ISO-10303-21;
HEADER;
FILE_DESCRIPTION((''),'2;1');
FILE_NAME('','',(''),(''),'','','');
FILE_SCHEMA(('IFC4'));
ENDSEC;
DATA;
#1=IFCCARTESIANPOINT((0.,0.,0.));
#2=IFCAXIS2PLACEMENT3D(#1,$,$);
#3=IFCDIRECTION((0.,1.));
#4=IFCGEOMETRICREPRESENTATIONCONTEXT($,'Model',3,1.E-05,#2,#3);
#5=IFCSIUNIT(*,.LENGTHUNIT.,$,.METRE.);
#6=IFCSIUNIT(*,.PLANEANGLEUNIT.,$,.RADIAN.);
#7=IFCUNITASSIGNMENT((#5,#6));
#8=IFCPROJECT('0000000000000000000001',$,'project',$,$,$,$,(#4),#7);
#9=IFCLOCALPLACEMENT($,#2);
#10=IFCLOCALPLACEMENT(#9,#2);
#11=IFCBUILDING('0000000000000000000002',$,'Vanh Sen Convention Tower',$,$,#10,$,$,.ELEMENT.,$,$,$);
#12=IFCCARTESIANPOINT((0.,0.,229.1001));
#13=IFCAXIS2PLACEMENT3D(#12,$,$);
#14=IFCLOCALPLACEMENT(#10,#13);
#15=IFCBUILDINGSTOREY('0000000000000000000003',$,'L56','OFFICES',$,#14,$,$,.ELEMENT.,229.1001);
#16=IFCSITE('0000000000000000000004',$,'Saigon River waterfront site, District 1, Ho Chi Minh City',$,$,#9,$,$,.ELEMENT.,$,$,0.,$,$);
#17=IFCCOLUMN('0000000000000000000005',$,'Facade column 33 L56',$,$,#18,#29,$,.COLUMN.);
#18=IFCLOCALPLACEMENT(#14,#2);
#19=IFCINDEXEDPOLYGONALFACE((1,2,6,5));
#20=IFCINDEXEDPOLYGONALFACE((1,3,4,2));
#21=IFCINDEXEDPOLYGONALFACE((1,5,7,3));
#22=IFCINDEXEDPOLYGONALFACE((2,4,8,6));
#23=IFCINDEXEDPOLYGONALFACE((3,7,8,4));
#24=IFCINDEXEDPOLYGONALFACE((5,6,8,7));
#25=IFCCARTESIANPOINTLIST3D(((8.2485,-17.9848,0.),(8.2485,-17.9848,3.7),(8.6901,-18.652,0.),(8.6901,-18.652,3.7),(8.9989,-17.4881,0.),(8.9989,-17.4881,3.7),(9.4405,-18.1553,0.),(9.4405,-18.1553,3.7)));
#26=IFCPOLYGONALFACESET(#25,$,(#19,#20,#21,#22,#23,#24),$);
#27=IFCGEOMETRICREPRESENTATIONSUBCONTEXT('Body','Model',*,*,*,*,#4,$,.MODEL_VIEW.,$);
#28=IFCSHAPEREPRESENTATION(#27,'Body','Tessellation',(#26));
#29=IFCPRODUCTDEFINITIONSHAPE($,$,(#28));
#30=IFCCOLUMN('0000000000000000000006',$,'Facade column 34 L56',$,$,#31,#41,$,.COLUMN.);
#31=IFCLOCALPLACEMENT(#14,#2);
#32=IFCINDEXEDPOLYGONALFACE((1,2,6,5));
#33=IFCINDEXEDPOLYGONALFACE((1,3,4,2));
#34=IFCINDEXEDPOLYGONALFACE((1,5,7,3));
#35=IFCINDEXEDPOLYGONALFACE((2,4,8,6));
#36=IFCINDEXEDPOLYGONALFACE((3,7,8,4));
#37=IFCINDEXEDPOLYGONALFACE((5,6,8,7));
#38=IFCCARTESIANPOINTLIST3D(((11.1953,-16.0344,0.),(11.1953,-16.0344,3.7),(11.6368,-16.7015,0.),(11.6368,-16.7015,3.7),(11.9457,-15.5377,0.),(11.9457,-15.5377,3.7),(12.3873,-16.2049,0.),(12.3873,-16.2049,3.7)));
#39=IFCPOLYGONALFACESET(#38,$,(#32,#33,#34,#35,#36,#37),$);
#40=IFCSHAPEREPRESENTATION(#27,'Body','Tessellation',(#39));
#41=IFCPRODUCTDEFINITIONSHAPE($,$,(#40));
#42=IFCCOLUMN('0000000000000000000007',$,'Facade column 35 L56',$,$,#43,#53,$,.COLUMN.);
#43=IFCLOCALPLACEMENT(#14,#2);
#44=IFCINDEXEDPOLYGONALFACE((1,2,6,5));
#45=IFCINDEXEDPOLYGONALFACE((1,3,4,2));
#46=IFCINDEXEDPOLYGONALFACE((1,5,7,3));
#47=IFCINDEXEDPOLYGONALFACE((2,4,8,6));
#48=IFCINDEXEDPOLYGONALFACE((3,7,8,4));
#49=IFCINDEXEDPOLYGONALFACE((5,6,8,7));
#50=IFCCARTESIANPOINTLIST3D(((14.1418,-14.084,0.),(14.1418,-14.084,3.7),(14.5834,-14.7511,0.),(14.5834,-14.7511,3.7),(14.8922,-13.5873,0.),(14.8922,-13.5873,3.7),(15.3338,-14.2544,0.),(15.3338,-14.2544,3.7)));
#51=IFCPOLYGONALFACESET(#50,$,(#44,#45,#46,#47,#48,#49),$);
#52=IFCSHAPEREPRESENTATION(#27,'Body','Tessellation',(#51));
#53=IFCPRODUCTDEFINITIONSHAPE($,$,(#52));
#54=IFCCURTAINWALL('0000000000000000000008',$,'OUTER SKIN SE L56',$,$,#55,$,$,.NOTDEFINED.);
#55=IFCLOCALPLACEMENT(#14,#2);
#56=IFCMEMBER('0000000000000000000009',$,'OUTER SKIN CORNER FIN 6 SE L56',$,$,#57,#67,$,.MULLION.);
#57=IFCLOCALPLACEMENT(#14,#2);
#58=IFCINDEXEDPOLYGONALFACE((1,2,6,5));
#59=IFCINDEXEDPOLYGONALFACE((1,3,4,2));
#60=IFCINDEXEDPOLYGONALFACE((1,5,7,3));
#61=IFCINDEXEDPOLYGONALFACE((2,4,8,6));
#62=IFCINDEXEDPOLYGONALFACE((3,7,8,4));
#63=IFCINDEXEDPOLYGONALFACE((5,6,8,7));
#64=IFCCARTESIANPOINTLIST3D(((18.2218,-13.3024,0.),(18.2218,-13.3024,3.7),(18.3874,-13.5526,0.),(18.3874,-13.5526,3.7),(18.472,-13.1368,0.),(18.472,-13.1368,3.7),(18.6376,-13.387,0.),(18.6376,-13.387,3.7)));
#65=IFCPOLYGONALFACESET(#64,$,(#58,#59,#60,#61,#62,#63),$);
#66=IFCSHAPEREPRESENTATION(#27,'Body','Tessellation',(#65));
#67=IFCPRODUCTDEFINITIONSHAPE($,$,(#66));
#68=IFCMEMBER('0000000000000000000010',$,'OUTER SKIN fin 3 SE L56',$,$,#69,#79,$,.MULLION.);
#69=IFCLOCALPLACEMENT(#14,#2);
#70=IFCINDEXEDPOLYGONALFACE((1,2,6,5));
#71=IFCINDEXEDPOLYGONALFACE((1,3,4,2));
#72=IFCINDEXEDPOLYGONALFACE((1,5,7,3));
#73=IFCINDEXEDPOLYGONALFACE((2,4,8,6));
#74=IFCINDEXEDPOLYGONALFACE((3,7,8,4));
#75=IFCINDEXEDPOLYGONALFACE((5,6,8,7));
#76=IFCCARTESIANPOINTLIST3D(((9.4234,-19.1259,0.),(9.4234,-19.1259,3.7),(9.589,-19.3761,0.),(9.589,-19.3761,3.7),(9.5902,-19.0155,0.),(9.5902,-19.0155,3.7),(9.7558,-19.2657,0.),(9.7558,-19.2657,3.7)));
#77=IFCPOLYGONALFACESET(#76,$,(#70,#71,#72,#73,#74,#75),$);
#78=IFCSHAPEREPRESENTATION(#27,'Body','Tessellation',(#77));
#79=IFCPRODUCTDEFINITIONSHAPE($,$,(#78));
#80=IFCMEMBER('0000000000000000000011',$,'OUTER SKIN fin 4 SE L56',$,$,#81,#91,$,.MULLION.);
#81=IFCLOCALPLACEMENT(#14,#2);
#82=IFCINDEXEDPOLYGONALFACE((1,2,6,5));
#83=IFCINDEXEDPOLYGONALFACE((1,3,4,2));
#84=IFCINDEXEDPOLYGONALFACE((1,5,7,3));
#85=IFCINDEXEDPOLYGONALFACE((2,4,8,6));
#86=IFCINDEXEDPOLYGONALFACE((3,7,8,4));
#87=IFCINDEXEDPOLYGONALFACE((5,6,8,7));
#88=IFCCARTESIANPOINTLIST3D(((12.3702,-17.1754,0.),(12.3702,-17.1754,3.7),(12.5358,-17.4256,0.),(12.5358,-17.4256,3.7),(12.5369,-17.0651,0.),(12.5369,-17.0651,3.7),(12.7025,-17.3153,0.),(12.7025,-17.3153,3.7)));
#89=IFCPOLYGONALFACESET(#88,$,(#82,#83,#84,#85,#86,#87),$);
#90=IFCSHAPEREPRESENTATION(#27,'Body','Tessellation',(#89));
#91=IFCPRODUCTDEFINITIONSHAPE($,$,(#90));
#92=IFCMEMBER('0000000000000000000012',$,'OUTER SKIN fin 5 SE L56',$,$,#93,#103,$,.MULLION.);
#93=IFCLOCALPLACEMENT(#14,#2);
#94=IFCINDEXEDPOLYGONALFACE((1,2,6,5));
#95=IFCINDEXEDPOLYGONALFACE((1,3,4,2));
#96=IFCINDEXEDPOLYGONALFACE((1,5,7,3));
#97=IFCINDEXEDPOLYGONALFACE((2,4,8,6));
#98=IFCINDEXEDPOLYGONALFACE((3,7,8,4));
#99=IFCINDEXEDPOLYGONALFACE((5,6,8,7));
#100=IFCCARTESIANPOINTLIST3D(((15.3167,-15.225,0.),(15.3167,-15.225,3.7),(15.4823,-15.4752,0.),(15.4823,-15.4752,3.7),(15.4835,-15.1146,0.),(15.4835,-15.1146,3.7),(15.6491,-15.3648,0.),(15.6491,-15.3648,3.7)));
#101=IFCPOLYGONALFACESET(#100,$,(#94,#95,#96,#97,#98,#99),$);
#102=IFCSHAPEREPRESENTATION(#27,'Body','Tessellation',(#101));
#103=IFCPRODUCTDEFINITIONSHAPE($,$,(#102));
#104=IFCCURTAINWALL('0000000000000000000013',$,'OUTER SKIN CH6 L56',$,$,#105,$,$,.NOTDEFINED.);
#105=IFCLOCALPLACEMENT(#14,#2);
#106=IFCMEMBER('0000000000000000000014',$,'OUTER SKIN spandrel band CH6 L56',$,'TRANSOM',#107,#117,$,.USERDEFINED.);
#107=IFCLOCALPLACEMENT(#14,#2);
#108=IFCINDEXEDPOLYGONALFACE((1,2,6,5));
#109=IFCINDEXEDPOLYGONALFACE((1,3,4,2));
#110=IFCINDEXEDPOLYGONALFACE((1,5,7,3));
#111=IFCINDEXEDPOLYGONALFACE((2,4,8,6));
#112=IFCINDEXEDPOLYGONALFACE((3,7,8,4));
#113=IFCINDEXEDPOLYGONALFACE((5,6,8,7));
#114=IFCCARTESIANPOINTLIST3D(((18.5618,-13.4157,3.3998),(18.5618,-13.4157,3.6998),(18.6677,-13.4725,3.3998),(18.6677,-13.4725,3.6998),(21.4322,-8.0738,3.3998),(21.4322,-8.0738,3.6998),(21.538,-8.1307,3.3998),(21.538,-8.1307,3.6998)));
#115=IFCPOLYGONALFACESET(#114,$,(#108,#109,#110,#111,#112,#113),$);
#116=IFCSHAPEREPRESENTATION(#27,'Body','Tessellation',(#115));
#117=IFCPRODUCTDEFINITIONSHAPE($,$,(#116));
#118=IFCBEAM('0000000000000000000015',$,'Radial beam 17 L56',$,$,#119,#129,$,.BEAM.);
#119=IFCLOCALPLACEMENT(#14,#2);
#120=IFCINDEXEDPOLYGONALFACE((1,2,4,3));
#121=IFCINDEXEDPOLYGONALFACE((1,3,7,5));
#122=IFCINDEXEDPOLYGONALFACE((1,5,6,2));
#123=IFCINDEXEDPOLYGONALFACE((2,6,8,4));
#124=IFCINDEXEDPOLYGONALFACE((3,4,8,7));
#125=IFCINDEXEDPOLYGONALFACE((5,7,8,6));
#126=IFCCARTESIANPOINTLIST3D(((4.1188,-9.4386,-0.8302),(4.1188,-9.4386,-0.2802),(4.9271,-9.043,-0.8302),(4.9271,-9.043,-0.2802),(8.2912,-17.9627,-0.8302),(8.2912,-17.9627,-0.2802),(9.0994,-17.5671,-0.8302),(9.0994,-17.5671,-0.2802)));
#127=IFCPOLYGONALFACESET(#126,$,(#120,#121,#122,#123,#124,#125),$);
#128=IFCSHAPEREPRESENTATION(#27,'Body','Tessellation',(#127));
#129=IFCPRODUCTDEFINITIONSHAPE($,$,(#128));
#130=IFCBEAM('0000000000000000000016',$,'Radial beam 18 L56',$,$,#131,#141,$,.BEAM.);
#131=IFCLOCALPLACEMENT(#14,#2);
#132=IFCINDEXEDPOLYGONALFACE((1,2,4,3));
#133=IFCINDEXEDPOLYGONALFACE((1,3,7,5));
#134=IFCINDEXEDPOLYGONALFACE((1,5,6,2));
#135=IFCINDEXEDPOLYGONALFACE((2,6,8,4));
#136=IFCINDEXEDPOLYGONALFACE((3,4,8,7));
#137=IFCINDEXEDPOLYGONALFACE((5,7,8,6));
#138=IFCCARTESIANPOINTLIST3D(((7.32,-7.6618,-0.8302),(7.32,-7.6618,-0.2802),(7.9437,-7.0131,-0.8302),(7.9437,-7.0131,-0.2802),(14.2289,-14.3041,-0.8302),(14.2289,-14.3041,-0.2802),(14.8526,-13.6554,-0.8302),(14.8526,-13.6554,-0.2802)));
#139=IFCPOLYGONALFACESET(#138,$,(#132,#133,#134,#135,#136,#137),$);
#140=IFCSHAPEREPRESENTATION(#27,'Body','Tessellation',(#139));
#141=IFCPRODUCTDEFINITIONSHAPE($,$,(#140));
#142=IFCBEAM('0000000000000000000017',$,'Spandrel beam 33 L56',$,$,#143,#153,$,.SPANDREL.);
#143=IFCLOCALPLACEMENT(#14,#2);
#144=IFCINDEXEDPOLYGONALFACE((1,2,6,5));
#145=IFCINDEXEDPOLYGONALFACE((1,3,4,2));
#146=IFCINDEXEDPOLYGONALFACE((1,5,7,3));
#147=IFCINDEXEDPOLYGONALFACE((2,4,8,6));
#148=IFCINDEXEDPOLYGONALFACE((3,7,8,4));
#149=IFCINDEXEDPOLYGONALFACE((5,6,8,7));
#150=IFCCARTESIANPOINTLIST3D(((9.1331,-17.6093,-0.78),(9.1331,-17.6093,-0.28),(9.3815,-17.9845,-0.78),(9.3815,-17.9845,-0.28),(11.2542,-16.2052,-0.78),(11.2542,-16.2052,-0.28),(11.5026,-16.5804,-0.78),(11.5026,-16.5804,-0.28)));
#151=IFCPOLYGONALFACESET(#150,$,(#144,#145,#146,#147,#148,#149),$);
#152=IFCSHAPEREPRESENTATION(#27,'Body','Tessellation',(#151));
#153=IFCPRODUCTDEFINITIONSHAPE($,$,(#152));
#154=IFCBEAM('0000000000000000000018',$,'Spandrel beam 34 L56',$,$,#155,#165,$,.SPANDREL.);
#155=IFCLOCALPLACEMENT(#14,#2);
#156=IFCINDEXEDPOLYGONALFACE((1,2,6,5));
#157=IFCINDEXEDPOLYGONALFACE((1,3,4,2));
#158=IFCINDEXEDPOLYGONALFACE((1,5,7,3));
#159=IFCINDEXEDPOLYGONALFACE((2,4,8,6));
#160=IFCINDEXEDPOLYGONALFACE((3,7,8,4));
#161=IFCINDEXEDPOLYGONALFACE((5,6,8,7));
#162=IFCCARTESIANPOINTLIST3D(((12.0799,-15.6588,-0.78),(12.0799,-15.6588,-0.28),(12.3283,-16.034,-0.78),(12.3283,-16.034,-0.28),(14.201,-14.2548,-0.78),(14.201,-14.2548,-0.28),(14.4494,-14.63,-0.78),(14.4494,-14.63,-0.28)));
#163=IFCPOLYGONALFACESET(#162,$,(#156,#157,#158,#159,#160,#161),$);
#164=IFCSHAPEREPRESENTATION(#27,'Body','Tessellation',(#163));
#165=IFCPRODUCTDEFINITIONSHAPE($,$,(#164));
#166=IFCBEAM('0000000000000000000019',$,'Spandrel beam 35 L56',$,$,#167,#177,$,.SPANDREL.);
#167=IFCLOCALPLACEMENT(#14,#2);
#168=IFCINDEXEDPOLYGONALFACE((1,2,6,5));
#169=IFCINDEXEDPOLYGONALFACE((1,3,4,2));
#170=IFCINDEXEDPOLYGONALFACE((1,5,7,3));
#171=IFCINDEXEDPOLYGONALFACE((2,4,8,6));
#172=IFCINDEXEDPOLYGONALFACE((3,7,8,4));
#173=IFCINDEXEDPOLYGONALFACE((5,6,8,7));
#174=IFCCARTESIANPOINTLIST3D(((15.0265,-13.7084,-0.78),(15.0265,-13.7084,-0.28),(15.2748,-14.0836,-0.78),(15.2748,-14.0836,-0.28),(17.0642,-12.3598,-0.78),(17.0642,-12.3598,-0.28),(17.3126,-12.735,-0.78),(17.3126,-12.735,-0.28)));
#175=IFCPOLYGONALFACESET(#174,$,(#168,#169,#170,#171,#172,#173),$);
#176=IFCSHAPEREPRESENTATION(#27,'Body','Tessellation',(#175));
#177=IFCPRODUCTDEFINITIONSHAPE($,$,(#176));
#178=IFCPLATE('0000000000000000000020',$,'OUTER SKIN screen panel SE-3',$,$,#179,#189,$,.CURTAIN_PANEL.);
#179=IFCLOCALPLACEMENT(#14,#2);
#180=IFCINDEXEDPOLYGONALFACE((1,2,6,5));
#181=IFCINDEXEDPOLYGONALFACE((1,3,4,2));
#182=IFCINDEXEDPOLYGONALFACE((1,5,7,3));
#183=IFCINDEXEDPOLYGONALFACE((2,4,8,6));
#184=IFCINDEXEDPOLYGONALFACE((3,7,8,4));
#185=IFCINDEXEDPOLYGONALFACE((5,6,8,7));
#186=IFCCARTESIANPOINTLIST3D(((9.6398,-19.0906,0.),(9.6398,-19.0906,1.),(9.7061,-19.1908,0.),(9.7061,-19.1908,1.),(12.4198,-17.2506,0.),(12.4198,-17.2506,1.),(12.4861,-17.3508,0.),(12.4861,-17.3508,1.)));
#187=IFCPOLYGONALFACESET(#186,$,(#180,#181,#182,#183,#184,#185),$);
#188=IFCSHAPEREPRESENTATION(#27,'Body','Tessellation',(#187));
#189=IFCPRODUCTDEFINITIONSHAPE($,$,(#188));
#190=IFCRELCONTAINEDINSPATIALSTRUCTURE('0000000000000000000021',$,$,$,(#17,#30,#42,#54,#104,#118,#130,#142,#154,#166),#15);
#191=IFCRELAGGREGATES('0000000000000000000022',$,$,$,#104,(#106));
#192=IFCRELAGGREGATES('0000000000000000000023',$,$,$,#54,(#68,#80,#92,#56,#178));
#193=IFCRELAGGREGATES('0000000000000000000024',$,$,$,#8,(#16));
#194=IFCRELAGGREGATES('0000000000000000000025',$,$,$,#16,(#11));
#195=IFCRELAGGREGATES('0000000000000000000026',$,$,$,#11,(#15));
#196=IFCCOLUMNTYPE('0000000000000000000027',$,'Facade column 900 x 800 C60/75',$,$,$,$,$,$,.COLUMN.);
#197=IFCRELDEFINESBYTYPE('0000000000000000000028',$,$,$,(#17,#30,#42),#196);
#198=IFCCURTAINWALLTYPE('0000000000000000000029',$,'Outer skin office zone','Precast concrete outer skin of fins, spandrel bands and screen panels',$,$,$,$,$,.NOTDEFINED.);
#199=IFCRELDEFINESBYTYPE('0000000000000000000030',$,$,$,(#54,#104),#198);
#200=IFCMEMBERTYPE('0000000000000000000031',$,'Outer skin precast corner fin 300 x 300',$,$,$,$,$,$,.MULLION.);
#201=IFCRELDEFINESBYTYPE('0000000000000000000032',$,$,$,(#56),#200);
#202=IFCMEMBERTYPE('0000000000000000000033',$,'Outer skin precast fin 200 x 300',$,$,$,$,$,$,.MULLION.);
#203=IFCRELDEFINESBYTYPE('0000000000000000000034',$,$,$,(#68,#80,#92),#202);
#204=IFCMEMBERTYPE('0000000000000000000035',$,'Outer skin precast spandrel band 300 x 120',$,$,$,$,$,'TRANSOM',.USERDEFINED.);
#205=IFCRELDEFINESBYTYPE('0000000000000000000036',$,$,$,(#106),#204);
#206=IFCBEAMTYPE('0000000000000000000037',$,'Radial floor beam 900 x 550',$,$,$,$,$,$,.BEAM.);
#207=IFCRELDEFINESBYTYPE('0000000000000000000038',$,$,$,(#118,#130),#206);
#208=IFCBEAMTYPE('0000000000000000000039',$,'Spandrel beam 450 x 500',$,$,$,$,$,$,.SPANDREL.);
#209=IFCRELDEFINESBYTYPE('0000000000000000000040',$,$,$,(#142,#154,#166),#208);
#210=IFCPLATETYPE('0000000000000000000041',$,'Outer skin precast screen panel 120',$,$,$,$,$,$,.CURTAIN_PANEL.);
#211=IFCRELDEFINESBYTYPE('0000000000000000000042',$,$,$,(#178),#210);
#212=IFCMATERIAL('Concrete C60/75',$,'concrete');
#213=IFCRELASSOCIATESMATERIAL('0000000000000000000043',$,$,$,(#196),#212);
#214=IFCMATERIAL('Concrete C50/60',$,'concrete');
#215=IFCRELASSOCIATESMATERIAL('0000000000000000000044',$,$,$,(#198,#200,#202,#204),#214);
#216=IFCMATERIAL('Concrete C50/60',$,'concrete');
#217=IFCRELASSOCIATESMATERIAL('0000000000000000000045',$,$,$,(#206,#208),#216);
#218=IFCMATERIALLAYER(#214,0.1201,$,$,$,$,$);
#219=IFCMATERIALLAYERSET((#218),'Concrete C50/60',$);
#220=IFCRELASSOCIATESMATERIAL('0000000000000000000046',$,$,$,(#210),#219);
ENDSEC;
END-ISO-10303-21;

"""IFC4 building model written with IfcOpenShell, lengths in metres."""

from ifc_helpers import new_model, si_unit, direction, frame, origin, origin_2d, place, context, subcontext, project, spatial, rectangle, extrude, material, layer, layer_set, material_profile, profile_set, type_object, element, aggregate, save


model = new_model("IFC4")

# Units and contexts
model_context = context("Model", 3, precision=1e-05, world=origin(), true_north=direction((0.0, 1.0)))
body_context = subcontext(model_context, "Body", "Model", "MODEL_VIEW")
ifc_project = project(units=[si_unit("LENGTHUNIT", "METRE"), si_unit("PLANEANGLEUNIT", "RADIAN")], contexts=[model_context])

# Site, building, storey
site_placement = place(None, origin())
site = spatial("IfcSite", under=ifc_project, at=site_placement, Name="Saigon River waterfront site, District 1, Ho Chi Minh City", CompositionType="ELEMENT", RefElevation=0.0)
building_placement = place(site_placement, origin())
building = spatial("IfcBuilding", under=site, at=building_placement, Name="Vanh Sen Convention Tower", CompositionType="ELEMENT")
storey_placement = place(building_placement, frame((0.0, 0.0, 229.1001)))
storey = spatial("IfcBuildingStorey", under=building, at=storey_placement, Name="L56", Description="OFFICES", CompositionType="ELEMENT", Elevation=229.1001)

# Columns
ifc_material_1 = material(Name="Concrete C60/75", Category="concrete")
ifc_material_profile_1 = material_profile(ifc_material_1, rectangle(XDim=0.8999, YDim=0.8, at=origin_2d()), Name="RC 900X800")
ifc_profile_set_1 = profile_set([ifc_material_profile_1], Name="Concrete C60/75")
column_type = type_object("IfcColumnType", Name="Facade column 900 x 800 C60/75", PredefinedType="COLUMN", material=ifc_profile_set_1)
for number, where, z_axis, x_axis, name in (
    (1, (8.8445, -18.0701, 0.0), (0.0, 0.0, 1.0), (0.833886, 0.551937, 0.0), "Facade column 33 L56"),
    (2, (11.7913, -16.1196, 0.0), (0.0, 0.0, 1.0), (0.833886, 0.551937, 0.0), "Facade column 34 L56"),
    (3, (14.7378, -14.1692, 0.0), (0.0, 0.0, 1.0), (0.833886, 0.551937, 0.0), "Facade column 35 L56"),
):
    element("IfcColumn", number, at=place(storey_placement, frame(where, z_axis=z_axis, x_axis=x_axis)), inside=storey, type_object=column_type, Name=name, PredefinedType="COLUMN", context=body_context, shape_type="SweptSolid", body=[
        extrude(rectangle(XDim=0.8999, YDim=0.8, at=origin_2d()), origin(), (0.0, 0.0, 1.0), 3.7),
    ])

# Curtain wall, members
ifc_material_2 = material(Name="Concrete C50/60", Category="concrete")
curtain_wall_type = type_object("IfcCurtainWallType", Name="Outer skin office zone", Description="Precast concrete outer skin of fins, spandrel bands and screen panels", PredefinedType="NOTDEFINED", material=ifc_material_2)
curtain_wall_1_placement = place(storey_placement, origin())
curtain_wall_1 = element("IfcCurtainWall", 4, at=curtain_wall_1_placement, inside=storey, type_object=curtain_wall_type, Name="OUTER SKIN SE L56", PredefinedType="NOTDEFINED")
ifc_material_profile_2 = material_profile(ifc_material_2, rectangle(XDim=0.3, YDim=0.3, at=origin_2d()), Name="Outer skin precast corner fin 300 x 300")
ifc_profile_set_2 = profile_set([ifc_material_profile_2], Name="Concrete C50/60")
member_type_1 = type_object("IfcMemberType", Name="Outer skin precast corner fin 300 x 300", PredefinedType="MULLION", material=ifc_profile_set_2)
member_1_placement = place(storey_placement, frame((18.4297, -13.3447, 0.0), z_axis=(0.0, 0.0, 1.0), x_axis=(0.833886, 0.551937, 0.0)))
member_1 = element("IfcMember", 5, at=member_1_placement, type_object=member_type_1, Name="OUTER SKIN CORNER FIN 6 SE L56", PredefinedType="MULLION", context=body_context, shape_type="SweptSolid", body=[
    extrude(rectangle(XDim=0.3, YDim=0.3, at=origin_2d()), origin(), (0.0, 0.0, 1.0), 3.7),
])
ifc_material_profile_3 = material_profile(ifc_material_2, rectangle(XDim=0.2, YDim=0.3, at=origin_2d()), Name="Outer skin precast fin 200 x 300")
ifc_profile_set_3 = profile_set([ifc_material_profile_3], Name="Concrete C50/60")
member_type_2 = type_object("IfcMemberType", Name="Outer skin precast fin 200 x 300", PredefinedType="MULLION", material=ifc_profile_set_3)
member_2_placement = place(storey_placement, frame((9.5896, -19.1958, 0.0), z_axis=(0.0, 0.0, 1.0), x_axis=(0.833886, 0.551937, 0.0)))
member_2 = element("IfcMember", 6, at=member_2_placement, type_object=member_type_2, Name="OUTER SKIN fin 3 SE L56", PredefinedType="MULLION", context=body_context, shape_type="SweptSolid", body=[
    extrude(rectangle(XDim=0.2, YDim=0.3, at=origin_2d()), origin(), (0.0, 0.0, 1.0), 3.7),
])
member_3_placement = place(storey_placement, frame((12.5364, -17.2454, 0.0), z_axis=(0.0, 0.0, 1.0), x_axis=(0.833886, 0.551937, 0.0)))
member_3 = element("IfcMember", 7, at=member_3_placement, type_object=member_type_2, Name="OUTER SKIN fin 4 SE L56", PredefinedType="MULLION", context=body_context, shape_type="SweptSolid", body=[
    extrude(rectangle(XDim=0.2, YDim=0.3, at=origin_2d()), origin(), (0.0, 0.0, 1.0), 3.7),
])
member_4_placement = place(storey_placement, frame((15.4829, -15.2949, 0.0), z_axis=(0.0, 0.0, 1.0), x_axis=(0.833886, 0.551937, 0.0)))
member_4 = element("IfcMember", 8, at=member_4_placement, type_object=member_type_2, Name="OUTER SKIN fin 5 SE L56", PredefinedType="MULLION", context=body_context, shape_type="SweptSolid", body=[
    extrude(rectangle(XDim=0.2, YDim=0.3, at=origin_2d()), origin(), (0.0, 0.0, 1.0), 3.7),
])

# Curtain wall, member
curtain_wall_2_placement = place(storey_placement, origin())
curtain_wall_2 = element("IfcCurtainWall", 9, at=curtain_wall_2_placement, inside=storey, type_object=curtain_wall_type, Name="OUTER SKIN CH6 L56", PredefinedType="NOTDEFINED")
ifc_material_profile_4 = material_profile(ifc_material_2, rectangle(XDim=0.1201, YDim=0.3, at=origin_2d()), Name="Outer skin precast spandrel band 300 x 120")
ifc_profile_set_4 = profile_set([ifc_material_profile_4], Name="Concrete C50/60")
member_type_3 = type_object("IfcMemberType", Name="Outer skin precast spandrel band 300 x 120", ElementType="TRANSOM", PredefinedType="USERDEFINED", material=ifc_profile_set_4)
member_5_placement = place(storey_placement, frame((18.6147, -13.4441, 3.5498), z_axis=(0.473334, 0.880883, 0.0), x_axis=(-0.880883, 0.473334, 0.0)))
member_5 = element("IfcMember", 10, at=member_5_placement, type_object=member_type_3, Name="OUTER SKIN spandrel band CH6 L56", ObjectType="TRANSOM", PredefinedType="USERDEFINED", context=body_context, shape_type="SweptSolid", body=[
    extrude(rectangle(XDim=0.1201, YDim=0.3, at=origin_2d()), origin(), (0.0, 0.0, 1.0), 6.0642),
])
aggregate(curtain_wall_2, [member_5])

# Beams
ifc_material_3 = material(Name="Concrete C50/60", Category="concrete")
ifc_material_profile_5 = material_profile(ifc_material_3, rectangle(XDim=0.8999, YDim=0.55, at=origin_2d()), Name="RC 900X550")
ifc_profile_set_5 = profile_set([ifc_material_profile_5], Name="Concrete C50/60")
beam_type_1 = type_object("IfcBeamType", Name="Radial floor beam 900 x 550", PredefinedType="BEAM", material=ifc_profile_set_5)
beam_1_placement = place(storey_placement, frame((8.6953, -17.7649, -0.5552), z_axis=(-0.439635, 0.898177, 0.0), x_axis=(-0.898177, -0.439635, 0.0)))
element("IfcBeam", 11, at=beam_1_placement, inside=storey, type_object=beam_type_1, Name="Radial beam 17 L56", PredefinedType="BEAM", context=body_context, shape_type="SweptSolid", body=[
    extrude(rectangle(XDim=0.8999, YDim=0.55, at=origin_2d()), origin(), (0.0, 0.0, 1.0), 9.4905),
])
beam_2_placement = place(storey_placement, frame((14.5408, -13.9797, -0.5552), z_axis=(-0.720879, 0.693061, 0.0), x_axis=(-0.693061, -0.720879, 0.0)))
element("IfcBeam", 12, at=beam_2_placement, inside=storey, type_object=beam_type_1, Name="Radial beam 18 L56", PredefinedType="BEAM", context=body_context, shape_type="SweptSolid", body=[
    extrude(rectangle(XDim=0.8999, YDim=0.55, at=origin_2d()), origin(), (0.0, 0.0, 1.0), 9.584),
])
ifc_material_profile_6 = material_profile(ifc_material_3, rectangle(XDim=0.45, YDim=0.5, at=origin_2d()), Name="RC 450X500")
ifc_profile_set_6 = profile_set([ifc_material_profile_6], Name="Concrete C50/60")
beam_type_2 = type_object("IfcBeamType", Name="Spandrel beam 450 x 500", PredefinedType="SPANDREL", material=ifc_profile_set_6)
for number, where, z_axis, x_axis, name in (
    (13, (9.2573, -17.7969, -0.53), (0.833862, 0.551973, 0.0), (-0.551973, 0.833862, 0.0), "Spandrel beam 33 L56"),
    (14, (12.2041, -15.8464, -0.53), (0.833862, 0.551973, 0.0), (-0.551973, 0.833862, 0.0), "Spandrel beam 34 L56"),
):
    element("IfcBeam", number, at=place(storey_placement, frame(where, z_axis=z_axis, x_axis=x_axis)), inside=storey, type_object=beam_type_2, Name=name, PredefinedType="SPANDREL", context=body_context, shape_type="SweptSolid", body=[
        extrude(rectangle(XDim=0.45, YDim=0.5, at=origin_2d()), origin(), (0.0, 0.0, 1.0), 2.5437),
    ])
beam_3_placement = place(storey_placement, frame((15.1506, -13.896, -0.53), z_axis=(0.833921, 0.551884, 0.0), x_axis=(-0.551884, 0.833921, 0.0)))
element("IfcBeam", 15, at=beam_3_placement, inside=storey, type_object=beam_type_2, Name="Spandrel beam 35 L56", PredefinedType="SPANDREL", context=body_context, shape_type="SweptSolid", body=[
    extrude(rectangle(XDim=0.45, YDim=0.5, at=origin_2d()), origin(), (0.0, 0.0, 1.0), 2.4436),
])

# Plate
ifc_layer_1 = layer(ifc_material_2, 0.1201)
ifc_layer_set_1 = layer_set([ifc_layer_1], Name="Concrete C50/60")
plate_type = type_object("IfcPlateType", Name="Outer skin precast screen panel 120", PredefinedType="CURTAIN_PANEL", material=ifc_layer_set_1)
plate_1_placement = place(storey_placement, frame((11.063, -18.2207, 0.0), z_axis=(0.0, 0.0, 1.0), x_axis=(0.833896, 0.551921, 0.0)))
plate_1 = element("IfcPlate", 16, at=plate_1_placement, type_object=plate_type, Name="OUTER SKIN screen panel SE-3", PredefinedType="CURTAIN_PANEL", context=body_context, shape_type="SweptSolid", body=[
    extrude(rectangle(XDim=3.3337, YDim=0.1201, at=origin_2d()), origin(), (0.0, 0.0, 1.0), 1.0),
])
aggregate(curtain_wall_1, [member_2, member_3, member_4, member_1, plate_1])

save(model, "model.ifc")
